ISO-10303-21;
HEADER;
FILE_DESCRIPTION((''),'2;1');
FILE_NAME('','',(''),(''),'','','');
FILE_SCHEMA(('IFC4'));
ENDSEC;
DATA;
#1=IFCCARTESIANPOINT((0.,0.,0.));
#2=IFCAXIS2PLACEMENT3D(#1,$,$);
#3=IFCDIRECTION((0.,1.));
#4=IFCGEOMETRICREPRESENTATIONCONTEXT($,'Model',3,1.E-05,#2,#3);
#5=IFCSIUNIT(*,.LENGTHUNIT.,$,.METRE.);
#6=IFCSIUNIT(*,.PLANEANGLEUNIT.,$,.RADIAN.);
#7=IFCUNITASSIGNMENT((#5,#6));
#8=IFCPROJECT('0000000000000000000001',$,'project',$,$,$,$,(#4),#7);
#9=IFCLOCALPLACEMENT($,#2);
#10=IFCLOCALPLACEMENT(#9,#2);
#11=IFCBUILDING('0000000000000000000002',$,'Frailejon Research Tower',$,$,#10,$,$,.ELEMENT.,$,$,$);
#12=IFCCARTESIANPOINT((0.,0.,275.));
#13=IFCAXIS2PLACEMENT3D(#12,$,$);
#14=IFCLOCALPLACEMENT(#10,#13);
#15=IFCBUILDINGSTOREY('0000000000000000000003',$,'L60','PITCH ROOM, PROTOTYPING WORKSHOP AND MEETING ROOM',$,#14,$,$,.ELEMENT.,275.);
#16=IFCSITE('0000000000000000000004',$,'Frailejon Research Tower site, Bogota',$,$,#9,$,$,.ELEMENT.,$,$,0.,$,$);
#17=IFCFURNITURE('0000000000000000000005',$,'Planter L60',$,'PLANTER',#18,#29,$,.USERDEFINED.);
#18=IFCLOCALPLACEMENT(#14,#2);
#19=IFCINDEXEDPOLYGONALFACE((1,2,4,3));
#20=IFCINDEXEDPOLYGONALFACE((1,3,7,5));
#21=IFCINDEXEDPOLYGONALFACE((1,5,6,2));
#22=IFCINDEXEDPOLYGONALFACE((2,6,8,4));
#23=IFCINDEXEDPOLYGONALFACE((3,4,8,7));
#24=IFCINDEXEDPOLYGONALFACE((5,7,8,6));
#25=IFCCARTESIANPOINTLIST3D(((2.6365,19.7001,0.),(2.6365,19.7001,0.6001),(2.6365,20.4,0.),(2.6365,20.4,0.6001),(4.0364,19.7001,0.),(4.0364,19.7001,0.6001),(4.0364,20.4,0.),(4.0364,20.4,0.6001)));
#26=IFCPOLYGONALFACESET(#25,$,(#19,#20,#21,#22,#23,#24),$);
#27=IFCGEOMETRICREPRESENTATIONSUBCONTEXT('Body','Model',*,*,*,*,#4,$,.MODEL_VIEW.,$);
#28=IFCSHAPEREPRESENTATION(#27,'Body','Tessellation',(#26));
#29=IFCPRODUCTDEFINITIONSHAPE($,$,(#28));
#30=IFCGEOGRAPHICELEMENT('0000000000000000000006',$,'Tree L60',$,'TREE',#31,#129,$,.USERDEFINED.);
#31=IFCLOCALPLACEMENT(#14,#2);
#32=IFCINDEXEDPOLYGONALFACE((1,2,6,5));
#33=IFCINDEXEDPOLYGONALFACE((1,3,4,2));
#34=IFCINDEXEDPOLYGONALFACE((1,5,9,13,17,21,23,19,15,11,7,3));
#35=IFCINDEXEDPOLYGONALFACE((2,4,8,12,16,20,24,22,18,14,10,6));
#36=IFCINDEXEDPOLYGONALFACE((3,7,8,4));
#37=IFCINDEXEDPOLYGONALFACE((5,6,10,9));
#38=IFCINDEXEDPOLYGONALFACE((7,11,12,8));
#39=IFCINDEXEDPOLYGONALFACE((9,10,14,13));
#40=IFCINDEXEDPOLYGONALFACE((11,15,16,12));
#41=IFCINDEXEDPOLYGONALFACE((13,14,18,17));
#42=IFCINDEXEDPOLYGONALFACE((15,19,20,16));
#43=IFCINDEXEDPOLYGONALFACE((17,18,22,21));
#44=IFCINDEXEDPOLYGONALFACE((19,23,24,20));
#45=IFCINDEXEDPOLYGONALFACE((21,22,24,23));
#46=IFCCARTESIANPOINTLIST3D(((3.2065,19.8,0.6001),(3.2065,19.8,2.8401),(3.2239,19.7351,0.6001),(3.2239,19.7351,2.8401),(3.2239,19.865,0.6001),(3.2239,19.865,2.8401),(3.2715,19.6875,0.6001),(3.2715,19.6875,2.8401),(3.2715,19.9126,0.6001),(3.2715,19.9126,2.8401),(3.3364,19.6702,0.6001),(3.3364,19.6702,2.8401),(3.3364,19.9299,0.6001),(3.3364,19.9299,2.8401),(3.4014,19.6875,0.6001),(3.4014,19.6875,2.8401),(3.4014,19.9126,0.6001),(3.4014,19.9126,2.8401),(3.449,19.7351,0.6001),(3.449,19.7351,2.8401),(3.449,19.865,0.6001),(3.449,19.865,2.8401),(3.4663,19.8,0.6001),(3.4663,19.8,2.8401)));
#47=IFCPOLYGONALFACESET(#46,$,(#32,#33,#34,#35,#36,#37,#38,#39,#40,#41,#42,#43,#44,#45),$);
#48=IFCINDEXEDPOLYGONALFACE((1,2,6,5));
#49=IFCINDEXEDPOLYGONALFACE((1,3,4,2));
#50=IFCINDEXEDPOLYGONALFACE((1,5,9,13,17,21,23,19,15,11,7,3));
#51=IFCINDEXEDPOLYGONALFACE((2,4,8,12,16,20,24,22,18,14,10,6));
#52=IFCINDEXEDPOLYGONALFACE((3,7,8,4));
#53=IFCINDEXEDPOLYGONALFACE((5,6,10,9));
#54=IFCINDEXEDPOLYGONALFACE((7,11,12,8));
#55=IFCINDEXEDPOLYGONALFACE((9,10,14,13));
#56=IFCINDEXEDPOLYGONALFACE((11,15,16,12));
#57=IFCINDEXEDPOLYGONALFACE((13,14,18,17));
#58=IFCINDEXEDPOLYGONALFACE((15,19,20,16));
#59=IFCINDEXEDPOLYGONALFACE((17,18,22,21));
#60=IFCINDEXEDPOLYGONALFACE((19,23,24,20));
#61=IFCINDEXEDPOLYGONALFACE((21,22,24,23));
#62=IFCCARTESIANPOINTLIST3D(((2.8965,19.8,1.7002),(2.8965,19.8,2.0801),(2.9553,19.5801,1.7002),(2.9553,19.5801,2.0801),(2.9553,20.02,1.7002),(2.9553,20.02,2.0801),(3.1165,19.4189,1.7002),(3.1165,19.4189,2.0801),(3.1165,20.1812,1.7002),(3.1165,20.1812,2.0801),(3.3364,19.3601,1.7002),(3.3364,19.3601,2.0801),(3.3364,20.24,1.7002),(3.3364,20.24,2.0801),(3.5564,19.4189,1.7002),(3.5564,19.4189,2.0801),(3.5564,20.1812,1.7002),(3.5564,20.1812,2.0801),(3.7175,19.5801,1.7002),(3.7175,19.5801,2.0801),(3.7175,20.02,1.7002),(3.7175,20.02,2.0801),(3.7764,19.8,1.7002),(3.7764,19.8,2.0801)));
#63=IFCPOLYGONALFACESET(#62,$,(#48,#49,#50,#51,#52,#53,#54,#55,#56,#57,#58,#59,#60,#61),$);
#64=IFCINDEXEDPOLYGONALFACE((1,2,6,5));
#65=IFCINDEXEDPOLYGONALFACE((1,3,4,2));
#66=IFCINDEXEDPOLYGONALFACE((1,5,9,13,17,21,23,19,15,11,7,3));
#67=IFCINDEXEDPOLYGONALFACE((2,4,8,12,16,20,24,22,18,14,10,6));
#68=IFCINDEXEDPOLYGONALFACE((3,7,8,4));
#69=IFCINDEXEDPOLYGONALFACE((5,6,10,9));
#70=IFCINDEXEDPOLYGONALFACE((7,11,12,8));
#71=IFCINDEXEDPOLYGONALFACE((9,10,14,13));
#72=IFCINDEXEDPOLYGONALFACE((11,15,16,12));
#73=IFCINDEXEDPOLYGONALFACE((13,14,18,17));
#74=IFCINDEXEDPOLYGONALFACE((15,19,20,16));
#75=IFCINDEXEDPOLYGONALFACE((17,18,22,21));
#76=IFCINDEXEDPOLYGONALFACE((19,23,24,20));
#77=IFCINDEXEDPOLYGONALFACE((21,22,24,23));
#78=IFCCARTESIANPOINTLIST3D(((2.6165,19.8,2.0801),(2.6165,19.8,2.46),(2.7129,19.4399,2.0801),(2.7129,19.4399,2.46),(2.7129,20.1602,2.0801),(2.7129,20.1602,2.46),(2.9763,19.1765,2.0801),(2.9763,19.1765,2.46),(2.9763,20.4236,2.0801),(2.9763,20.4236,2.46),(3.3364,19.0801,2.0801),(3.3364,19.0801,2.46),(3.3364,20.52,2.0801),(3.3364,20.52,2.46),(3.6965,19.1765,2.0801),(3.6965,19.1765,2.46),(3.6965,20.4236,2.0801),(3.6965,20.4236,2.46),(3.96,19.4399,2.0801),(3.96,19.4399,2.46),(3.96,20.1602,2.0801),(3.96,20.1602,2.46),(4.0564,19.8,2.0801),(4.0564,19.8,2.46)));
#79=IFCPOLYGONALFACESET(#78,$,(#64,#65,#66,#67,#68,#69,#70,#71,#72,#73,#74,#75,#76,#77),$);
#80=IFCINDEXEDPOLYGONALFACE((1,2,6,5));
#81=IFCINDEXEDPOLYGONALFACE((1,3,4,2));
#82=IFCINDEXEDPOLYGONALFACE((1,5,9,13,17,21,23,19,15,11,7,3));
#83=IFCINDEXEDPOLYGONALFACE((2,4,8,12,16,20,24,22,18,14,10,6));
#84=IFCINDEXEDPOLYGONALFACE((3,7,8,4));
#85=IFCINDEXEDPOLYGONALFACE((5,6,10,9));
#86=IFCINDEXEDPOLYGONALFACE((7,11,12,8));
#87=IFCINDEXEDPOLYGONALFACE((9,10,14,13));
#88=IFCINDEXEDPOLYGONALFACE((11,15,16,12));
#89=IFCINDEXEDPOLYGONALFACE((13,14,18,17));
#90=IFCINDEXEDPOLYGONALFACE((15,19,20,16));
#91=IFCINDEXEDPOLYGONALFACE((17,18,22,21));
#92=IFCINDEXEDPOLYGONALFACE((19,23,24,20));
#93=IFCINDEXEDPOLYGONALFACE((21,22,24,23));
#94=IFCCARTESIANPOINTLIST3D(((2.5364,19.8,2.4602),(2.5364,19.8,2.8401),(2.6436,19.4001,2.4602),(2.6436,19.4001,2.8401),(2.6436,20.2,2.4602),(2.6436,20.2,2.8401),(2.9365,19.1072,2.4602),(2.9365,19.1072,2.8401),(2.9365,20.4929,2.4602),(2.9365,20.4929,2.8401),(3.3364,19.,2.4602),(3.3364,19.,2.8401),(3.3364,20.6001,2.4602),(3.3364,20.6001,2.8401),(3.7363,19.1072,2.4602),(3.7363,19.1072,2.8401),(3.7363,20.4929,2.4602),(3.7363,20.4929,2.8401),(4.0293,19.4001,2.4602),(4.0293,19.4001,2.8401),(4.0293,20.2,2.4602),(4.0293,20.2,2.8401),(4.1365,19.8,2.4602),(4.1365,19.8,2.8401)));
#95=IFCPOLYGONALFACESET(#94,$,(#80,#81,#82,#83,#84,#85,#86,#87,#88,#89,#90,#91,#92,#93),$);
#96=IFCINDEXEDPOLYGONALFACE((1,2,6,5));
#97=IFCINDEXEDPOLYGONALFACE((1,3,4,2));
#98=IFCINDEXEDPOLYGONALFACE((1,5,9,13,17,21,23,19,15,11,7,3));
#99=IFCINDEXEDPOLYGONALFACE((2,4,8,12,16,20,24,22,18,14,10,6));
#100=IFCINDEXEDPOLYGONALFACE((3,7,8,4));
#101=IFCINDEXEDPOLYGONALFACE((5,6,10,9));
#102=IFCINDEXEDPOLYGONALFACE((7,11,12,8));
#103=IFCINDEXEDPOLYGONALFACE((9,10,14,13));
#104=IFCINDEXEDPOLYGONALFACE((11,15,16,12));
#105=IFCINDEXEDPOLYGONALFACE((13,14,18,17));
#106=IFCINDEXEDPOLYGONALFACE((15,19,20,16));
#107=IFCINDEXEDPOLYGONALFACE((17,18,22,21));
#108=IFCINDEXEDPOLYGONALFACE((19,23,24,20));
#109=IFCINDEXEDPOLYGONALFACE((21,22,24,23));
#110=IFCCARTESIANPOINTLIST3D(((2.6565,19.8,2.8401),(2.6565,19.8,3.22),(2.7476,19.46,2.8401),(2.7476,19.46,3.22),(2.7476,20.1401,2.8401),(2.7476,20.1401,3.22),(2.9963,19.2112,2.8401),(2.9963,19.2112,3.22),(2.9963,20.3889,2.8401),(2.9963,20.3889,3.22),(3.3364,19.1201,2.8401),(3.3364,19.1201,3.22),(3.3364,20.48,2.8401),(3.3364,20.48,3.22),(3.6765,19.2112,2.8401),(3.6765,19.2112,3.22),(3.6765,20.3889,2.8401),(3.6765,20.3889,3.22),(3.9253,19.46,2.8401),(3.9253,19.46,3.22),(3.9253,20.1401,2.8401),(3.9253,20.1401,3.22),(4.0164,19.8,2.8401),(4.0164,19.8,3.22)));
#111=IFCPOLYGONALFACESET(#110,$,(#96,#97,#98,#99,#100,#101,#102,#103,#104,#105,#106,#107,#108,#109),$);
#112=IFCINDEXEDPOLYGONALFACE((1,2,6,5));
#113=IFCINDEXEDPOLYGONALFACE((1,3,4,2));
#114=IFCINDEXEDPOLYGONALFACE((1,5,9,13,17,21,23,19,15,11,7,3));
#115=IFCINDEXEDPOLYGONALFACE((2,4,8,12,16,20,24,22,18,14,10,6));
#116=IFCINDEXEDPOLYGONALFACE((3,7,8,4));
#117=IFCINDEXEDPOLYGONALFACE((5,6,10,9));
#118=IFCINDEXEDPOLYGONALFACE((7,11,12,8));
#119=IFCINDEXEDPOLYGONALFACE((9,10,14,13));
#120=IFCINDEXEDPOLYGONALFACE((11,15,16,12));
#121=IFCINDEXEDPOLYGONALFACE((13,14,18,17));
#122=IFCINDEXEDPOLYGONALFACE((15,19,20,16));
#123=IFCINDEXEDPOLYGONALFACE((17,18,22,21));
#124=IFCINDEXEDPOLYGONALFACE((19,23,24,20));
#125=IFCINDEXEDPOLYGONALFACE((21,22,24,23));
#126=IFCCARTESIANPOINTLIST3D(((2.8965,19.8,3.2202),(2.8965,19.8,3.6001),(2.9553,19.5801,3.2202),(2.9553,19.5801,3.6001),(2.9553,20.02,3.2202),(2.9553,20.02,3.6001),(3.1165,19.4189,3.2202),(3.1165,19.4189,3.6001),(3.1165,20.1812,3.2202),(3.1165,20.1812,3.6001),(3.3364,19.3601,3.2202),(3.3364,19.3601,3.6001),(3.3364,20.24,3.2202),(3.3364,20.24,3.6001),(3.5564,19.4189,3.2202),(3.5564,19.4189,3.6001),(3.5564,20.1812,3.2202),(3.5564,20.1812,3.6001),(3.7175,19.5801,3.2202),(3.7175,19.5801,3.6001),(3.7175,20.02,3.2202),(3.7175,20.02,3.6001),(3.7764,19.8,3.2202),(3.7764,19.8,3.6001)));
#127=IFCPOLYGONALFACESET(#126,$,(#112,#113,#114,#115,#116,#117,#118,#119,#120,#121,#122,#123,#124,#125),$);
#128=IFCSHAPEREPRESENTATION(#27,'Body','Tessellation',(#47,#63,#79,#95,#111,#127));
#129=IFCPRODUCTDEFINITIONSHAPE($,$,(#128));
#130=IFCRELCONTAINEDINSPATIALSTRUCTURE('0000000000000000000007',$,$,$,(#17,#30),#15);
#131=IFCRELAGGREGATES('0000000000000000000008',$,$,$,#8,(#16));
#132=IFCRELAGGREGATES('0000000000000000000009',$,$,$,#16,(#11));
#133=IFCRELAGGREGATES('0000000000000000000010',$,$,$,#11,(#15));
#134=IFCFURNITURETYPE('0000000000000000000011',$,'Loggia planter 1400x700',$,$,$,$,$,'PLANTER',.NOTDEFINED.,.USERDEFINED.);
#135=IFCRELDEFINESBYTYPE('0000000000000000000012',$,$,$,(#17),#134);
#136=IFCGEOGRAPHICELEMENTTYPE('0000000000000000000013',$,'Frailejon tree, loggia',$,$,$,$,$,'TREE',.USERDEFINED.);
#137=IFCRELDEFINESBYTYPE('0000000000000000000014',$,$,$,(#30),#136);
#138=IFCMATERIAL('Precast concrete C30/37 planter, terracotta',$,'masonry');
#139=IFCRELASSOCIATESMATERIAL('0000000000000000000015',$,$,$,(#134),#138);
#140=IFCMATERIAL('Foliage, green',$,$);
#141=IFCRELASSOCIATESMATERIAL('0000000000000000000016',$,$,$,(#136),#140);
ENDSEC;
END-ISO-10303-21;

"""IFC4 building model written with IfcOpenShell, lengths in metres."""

from ifc_helpers import new_model, si_unit, direction, frame, origin, origin_2d, place, context, subcontext, project, spatial, polyline, rectangle, outline, extrude, material, type_object, element, save


model = new_model("IFC4")

# Units and contexts
model_context = context("Model", 3, precision=1e-05, world=origin(), true_north=direction((0.0, 1.0)))
body_context = subcontext(model_context, "Body", "Model", "MODEL_VIEW")
ifc_project = project(units=[si_unit("LENGTHUNIT", "METRE"), si_unit("PLANEANGLEUNIT", "RADIAN")], contexts=[model_context])

# Site, building, storey
site_placement = place(None, origin())
site = spatial("IfcSite", under=ifc_project, at=site_placement, Name="Frailejon Research Tower site, Bogota", CompositionType="ELEMENT", RefElevation=0.0)
building_placement = place(site_placement, origin())
building = spatial("IfcBuilding", under=site, at=building_placement, Name="Frailejon Research Tower", CompositionType="ELEMENT")
storey_placement = place(building_placement, frame((0.0, 0.0, 275.0)))
storey = spatial("IfcBuildingStorey", under=building, at=storey_placement, Name="L60", Description="PITCH ROOM, PROTOTYPING WORKSHOP AND MEETING ROOM", CompositionType="ELEMENT", Elevation=275.0)

# Furniture
ifc_material_1 = material(Name="Precast concrete C30/37 planter, terracotta", Category="masonry")
furniture_type = type_object("IfcFurnitureType", Name="Loggia planter 1400x700", ElementType="PLANTER", AssemblyPlace="NOTDEFINED", PredefinedType="USERDEFINED", material=ifc_material_1)
furniture_placement = place(storey_placement, frame((3.3364, 20.05, 0.0), z_axis=(0.0, 0.0, 1.0), x_axis=(-1.0, 0.0, 0.0)))
element("IfcFurniture", 1, at=furniture_placement, inside=storey, type_object=furniture_type, Name="Planter L60", ObjectType="PLANTER", PredefinedType="USERDEFINED", context=body_context, shape_type="SweptSolid", body=[
    extrude(rectangle(XDim=1.3999, YDim=0.7, at=origin_2d()), origin(), (0.0, 0.0, 1.0), 0.6001),
])

# Geographic element
ifc_material_2 = material(Name="Foliage, green")
geographic_element_type = type_object("IfcGeographicElementType", Name="Frailejon tree, loggia", ElementType="TREE", PredefinedType="USERDEFINED", material=ifc_material_2)
geographic_element_placement = place(storey_placement, frame((3.3364, 19.8, 0.6001)))
element("IfcGeographicElement", 2, at=geographic_element_placement, inside=storey, type_object=geographic_element_type, Name="Tree L60", ObjectType="TREE", PredefinedType="USERDEFINED", context=body_context, shape_type="SweptSolid", body=[
    extrude(outline(polyline([(0.1299, 0.0), (0.1125, 0.0649), (0.0649, 0.1125), (0.0, 0.1299), (-0.0649, 0.1125), (-0.1125, 0.0649), (-0.1299, 0.0), (-0.1125, -0.0649), (-0.0649, -0.1125), (0.0, -0.1299), (0.0649, -0.1125), (0.1125, -0.0649), (0.1299, 0.0)])), origin(), (0.0, 0.0, 1.0), 2.24),
    extrude(outline(polyline([(0.4399, 0.0), (0.3811, 0.22), (0.22, 0.3811), (0.0, 0.4399), (-0.22, 0.3811), (-0.3811, 0.22), (-0.4399, 0.0), (-0.3811, -0.22), (-0.22, -0.3811), (0.0, -0.4399), (0.22, -0.3811), (0.3811, -0.22), (0.4399, 0.0)])), frame((0.0, 0.0, 1.1001)), (0.0, 0.0, 1.0), 0.3799),
    extrude(outline(polyline([(0.72, 0.0), (0.6235, 0.3601), (0.3601, 0.6235), (0.0, 0.72), (-0.3601, 0.6235), (-0.6235, 0.3601), (-0.72, 0.0), (-0.6235, -0.3601), (-0.3601, -0.6235), (0.0, -0.72), (0.3601, -0.6235), (0.6235, -0.3601), (0.72, 0.0)])), frame((0.0, 0.0, 1.48)), (0.0, 0.0, 1.0), 0.3799),
    extrude(outline(polyline([(0.8, 0.0), (0.6929, 0.3999), (0.3999, 0.6929), (0.0, 0.8), (-0.3999, 0.6929), (-0.6929, 0.3999), (-0.8, 0.0), (-0.6929, -0.3999), (-0.3999, -0.6929), (0.0, -0.8), (0.3999, -0.6929), (0.6929, -0.3999), (0.8, 0.0)])), frame((0.0, 0.0, 1.8601)), (0.0, 0.0, 1.0), 0.3799),
    extrude(outline(polyline([(0.6799, 0.0), (0.5889, 0.3401), (0.3401, 0.5889), (0.0, 0.6799), (-0.3401, 0.5889), (-0.5889, 0.3401), (-0.6799, 0.0), (-0.5889, -0.3401), (-0.3401, -0.5889), (0.0, -0.6799), (0.3401, -0.5889), (0.5889, -0.3401), (0.6799, 0.0)])), frame((0.0, 0.0, 2.24)), (0.0, 0.0, 1.0), 0.3799),
    extrude(outline(polyline([(0.4399, 0.0), (0.3811, 0.22), (0.22, 0.3811), (0.0, 0.4399), (-0.22, 0.3811), (-0.3811, 0.22), (-0.4399, 0.0), (-0.3811, -0.22), (-0.22, -0.3811), (0.0, -0.4399), (0.22, -0.3811), (0.3811, -0.22), (0.4399, 0.0)])), frame((0.0, 0.0, 2.6201)), (0.0, 0.0, 1.0), 0.3799),
])

save(model, "model.ifc")
